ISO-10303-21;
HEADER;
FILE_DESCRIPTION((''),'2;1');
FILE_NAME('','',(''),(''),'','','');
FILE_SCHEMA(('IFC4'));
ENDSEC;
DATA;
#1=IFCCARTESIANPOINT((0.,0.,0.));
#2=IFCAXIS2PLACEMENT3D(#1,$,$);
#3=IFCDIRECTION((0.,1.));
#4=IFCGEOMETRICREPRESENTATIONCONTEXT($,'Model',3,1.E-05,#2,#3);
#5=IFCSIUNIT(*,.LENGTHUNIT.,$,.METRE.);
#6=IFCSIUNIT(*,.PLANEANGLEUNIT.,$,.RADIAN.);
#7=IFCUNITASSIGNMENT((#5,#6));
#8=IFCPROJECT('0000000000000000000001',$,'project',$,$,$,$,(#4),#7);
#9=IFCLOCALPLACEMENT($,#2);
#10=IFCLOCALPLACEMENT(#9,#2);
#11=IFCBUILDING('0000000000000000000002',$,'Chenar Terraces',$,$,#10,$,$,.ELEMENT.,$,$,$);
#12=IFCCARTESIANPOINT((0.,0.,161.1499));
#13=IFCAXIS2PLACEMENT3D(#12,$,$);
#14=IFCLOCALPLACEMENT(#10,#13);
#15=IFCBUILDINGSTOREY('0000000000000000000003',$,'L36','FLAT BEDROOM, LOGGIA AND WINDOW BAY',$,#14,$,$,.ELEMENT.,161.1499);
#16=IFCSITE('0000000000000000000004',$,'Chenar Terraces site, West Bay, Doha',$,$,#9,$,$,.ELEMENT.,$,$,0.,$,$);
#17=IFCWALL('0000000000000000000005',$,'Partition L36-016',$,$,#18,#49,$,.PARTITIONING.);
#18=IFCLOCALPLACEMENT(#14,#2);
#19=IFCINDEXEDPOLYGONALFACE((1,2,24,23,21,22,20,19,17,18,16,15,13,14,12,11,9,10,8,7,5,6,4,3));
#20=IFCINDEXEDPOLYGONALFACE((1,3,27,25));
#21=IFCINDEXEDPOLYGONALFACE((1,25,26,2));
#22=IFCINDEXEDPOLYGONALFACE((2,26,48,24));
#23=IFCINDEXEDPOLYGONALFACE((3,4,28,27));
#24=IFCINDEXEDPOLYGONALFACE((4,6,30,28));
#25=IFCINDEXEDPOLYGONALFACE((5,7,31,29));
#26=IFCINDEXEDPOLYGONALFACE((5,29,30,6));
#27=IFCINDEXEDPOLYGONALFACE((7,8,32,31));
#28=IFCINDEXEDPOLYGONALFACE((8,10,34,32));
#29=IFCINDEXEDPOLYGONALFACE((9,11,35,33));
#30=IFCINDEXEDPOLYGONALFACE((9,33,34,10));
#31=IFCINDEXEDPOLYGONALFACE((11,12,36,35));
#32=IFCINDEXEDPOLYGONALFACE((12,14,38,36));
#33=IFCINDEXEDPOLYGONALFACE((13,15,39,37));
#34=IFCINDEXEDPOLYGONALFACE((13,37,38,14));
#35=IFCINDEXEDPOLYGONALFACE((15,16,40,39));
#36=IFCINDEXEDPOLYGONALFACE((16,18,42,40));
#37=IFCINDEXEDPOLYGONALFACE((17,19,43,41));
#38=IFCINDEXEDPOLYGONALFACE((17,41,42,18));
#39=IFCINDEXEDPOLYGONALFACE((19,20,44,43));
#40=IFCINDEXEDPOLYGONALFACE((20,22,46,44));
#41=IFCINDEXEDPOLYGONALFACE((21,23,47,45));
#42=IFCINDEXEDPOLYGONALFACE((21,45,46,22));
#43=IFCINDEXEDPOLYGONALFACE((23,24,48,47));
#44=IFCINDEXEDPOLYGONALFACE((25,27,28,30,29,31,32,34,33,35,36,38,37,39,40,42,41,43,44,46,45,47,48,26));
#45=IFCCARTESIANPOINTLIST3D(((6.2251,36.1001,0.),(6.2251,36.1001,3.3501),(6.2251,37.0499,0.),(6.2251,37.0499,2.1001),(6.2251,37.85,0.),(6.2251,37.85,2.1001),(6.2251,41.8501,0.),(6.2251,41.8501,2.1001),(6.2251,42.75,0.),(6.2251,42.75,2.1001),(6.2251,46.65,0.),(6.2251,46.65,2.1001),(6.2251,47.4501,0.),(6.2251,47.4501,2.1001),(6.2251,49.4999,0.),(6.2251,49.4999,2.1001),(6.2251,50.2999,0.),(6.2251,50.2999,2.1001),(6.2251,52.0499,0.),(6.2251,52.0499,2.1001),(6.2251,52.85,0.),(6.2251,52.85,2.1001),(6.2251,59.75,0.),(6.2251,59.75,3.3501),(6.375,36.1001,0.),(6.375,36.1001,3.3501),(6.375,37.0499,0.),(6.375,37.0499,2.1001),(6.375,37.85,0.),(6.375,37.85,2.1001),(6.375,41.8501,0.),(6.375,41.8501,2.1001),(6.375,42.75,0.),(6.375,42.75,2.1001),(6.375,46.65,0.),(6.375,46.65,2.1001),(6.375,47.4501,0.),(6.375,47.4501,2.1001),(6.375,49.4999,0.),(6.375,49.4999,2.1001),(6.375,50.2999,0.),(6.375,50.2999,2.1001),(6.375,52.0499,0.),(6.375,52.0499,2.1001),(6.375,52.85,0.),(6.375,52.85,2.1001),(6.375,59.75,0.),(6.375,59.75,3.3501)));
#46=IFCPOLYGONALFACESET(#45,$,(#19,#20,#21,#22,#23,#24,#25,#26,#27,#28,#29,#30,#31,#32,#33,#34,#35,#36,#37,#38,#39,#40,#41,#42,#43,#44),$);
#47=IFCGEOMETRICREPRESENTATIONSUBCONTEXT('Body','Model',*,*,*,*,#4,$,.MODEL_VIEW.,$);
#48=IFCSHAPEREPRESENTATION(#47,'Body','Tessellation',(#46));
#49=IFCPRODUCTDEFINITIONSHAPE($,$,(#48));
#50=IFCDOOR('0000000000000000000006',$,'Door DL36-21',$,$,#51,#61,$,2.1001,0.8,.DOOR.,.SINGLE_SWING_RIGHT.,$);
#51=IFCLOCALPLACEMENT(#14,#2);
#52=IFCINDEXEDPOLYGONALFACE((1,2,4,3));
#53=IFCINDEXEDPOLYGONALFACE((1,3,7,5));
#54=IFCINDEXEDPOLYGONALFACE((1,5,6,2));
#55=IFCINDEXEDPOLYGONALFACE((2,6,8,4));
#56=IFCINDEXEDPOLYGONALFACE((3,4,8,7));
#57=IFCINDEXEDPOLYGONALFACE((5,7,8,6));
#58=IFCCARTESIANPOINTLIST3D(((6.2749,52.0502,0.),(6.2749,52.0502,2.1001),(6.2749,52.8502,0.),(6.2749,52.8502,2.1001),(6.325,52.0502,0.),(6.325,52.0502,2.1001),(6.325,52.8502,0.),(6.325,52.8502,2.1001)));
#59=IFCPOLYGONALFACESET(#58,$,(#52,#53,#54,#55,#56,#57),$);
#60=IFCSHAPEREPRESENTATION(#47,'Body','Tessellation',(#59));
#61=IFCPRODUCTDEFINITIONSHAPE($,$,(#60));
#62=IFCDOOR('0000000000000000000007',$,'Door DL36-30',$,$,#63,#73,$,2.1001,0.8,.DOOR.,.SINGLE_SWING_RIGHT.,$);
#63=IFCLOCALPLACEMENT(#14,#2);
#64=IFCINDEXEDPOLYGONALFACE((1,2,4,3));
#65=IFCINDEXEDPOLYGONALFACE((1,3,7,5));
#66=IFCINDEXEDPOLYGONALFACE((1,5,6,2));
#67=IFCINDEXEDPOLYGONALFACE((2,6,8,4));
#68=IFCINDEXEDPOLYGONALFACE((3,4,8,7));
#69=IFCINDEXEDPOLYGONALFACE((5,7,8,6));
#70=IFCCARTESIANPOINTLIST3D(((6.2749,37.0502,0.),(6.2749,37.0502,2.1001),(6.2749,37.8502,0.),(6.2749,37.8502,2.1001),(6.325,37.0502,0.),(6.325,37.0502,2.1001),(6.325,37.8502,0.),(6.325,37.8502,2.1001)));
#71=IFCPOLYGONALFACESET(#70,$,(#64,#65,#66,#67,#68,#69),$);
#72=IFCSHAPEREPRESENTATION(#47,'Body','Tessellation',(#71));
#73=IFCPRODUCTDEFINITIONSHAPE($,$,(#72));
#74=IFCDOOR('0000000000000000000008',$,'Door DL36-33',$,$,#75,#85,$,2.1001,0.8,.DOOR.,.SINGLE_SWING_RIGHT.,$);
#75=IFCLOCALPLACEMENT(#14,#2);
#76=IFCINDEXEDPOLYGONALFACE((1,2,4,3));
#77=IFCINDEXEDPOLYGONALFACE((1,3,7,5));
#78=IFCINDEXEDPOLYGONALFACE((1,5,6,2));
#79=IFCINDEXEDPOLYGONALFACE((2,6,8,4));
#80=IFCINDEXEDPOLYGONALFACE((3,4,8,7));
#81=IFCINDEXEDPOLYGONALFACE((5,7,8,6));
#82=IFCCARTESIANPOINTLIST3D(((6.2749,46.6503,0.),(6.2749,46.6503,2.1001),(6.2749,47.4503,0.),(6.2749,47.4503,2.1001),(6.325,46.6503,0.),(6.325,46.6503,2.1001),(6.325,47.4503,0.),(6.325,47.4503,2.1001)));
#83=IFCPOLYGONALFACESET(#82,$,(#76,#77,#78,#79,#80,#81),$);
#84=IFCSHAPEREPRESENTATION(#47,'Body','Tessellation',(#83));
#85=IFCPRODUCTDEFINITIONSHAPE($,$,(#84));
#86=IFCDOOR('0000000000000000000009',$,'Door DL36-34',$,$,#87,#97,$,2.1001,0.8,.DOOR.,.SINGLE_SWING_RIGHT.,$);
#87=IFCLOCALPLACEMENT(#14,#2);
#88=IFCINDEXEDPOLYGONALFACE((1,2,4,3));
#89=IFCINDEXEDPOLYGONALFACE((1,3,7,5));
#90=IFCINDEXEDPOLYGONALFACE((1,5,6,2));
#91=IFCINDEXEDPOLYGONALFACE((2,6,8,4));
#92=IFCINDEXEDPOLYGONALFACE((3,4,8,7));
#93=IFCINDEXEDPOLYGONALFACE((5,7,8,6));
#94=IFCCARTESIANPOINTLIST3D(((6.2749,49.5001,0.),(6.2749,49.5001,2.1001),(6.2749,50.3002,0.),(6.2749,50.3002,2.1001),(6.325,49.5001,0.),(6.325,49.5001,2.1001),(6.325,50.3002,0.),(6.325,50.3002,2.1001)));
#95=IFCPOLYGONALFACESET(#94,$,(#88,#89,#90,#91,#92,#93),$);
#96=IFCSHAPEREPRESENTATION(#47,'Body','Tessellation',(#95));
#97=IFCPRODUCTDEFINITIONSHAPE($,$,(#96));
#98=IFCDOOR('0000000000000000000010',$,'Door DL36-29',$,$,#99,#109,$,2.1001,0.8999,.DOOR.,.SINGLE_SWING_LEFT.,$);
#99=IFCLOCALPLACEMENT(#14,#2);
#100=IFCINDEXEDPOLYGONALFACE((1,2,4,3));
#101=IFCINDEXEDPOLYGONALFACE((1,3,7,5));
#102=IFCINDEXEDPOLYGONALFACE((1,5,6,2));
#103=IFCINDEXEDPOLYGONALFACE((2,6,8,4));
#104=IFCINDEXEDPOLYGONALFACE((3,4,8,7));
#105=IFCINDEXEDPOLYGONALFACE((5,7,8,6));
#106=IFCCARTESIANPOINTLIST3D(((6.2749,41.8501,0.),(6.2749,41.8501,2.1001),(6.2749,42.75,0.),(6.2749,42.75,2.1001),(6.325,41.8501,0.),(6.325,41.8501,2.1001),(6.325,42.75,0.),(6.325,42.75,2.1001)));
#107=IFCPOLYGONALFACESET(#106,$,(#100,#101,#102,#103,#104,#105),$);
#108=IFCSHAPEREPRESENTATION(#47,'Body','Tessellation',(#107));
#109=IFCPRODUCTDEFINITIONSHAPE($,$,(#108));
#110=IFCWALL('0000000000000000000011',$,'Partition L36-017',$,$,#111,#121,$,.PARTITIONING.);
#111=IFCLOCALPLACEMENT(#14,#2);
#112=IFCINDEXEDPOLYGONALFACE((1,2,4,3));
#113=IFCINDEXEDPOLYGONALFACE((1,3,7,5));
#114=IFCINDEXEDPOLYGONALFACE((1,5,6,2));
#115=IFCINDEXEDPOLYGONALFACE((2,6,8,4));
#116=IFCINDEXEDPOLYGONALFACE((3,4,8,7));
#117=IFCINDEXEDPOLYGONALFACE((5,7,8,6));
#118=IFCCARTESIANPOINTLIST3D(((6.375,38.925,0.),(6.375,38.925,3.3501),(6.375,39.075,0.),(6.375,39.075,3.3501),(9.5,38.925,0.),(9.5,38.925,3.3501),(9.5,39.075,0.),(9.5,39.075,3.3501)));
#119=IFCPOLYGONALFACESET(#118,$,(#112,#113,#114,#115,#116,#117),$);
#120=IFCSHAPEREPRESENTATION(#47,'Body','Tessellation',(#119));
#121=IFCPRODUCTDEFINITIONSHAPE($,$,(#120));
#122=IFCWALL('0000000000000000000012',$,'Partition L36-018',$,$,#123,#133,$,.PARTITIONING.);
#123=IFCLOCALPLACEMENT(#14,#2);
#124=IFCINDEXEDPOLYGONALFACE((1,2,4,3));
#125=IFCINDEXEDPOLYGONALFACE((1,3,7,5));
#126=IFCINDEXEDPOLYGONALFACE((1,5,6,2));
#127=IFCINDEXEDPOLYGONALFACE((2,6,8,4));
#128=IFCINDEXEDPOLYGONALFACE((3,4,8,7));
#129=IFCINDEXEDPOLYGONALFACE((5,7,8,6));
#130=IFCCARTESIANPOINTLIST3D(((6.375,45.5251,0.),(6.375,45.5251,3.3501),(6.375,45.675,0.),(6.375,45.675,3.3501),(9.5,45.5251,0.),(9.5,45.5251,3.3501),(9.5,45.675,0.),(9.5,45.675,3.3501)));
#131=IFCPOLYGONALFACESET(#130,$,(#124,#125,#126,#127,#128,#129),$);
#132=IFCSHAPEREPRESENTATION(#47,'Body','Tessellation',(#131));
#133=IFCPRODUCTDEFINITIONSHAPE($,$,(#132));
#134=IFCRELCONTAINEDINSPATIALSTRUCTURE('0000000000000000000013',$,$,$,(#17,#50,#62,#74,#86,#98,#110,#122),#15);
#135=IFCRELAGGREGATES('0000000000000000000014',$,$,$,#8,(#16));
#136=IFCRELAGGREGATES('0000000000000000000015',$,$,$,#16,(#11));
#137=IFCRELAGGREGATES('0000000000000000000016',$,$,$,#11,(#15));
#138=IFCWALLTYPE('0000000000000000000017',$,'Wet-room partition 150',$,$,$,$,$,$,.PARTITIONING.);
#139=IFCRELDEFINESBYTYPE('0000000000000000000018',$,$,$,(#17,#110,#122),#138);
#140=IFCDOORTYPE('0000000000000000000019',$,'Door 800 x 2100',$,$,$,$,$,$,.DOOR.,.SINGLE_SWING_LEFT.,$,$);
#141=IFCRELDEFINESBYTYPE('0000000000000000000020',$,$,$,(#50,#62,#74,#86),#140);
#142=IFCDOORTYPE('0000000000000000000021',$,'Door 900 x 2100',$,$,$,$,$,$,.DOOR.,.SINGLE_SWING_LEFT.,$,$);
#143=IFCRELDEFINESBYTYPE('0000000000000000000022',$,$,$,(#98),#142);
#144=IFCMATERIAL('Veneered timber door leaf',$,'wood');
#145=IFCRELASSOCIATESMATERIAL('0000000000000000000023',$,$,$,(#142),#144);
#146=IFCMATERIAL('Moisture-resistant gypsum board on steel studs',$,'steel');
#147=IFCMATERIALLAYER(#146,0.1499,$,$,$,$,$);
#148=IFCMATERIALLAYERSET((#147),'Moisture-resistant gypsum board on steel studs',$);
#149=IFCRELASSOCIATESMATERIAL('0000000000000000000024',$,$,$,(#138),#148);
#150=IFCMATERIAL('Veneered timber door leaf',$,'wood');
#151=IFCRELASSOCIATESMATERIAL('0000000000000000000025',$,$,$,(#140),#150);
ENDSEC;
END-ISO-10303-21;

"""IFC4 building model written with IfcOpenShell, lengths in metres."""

from ifc_helpers import new_model, si_unit, direction, frame, frame_2d, origin, place, context, subcontext, project, spatial, rectangle, extrude, material, layer, layer_set, type_object, element, fill, save


model = new_model("IFC4")

# Units and contexts
model_context = context("Model", 3, precision=1e-05, world=origin(), true_north=direction((0.0, 1.0)))
body_context = subcontext(model_context, "Body", "Model", "MODEL_VIEW")
ifc_project = project(units=[si_unit("LENGTHUNIT", "METRE"), si_unit("PLANEANGLEUNIT", "RADIAN")], contexts=[model_context])

# Site, building, storey
site_placement = place(None, origin())
site = spatial("IfcSite", under=ifc_project, at=site_placement, Name="Chenar Terraces site, West Bay, Doha", CompositionType="ELEMENT", RefElevation=0.0)
building_placement = place(site_placement, origin())
building = spatial("IfcBuilding", under=site, at=building_placement, Name="Chenar Terraces", CompositionType="ELEMENT")
storey_placement = place(building_placement, frame((0.0, 0.0, 161.1499)))
storey = spatial("IfcBuildingStorey", under=building, at=storey_placement, Name="L36", Description="FLAT BEDROOM, LOGGIA AND WINDOW BAY", CompositionType="ELEMENT", Elevation=161.1499)

# Wall, openings, doors
ifc_material_1 = material(Name="Veneered timber door leaf", Category="wood")
door_type_1 = type_object("IfcDoorType", Name="Door 900 x 2100", OperationType="SINGLE_SWING_LEFT", PredefinedType="DOOR", material=ifc_material_1)
ifc_material_2 = material(Name="Moisture-resistant gypsum board on steel studs", Category="steel")
ifc_layer_1 = layer(ifc_material_2, 0.1499)
ifc_layer_set_1 = layer_set([ifc_layer_1], Name="Moisture-resistant gypsum board on steel studs")
wall_type_1 = type_object("IfcWallType", Name="Wet-room partition 150", PredefinedType="PARTITIONING", material=ifc_layer_set_1)
wall_1_placement = place(storey_placement, frame((6.3, 36.1001, 0.0), z_axis=(0.0, 0.0, 1.0), x_axis=(0.0, 1.0, 0.0)))
wall_1 = element("IfcWall", 1, at=wall_1_placement, inside=storey, type_object=wall_type_1, Name="Partition L36-016", PredefinedType="PARTITIONING", context=body_context, shape_type="SweptSolid", body=[
    extrude(rectangle(XDim=23.6499, YDim=0.1499, at=frame_2d((11.825, 0.0))), origin(), (0.0, 0.0, 1.0), 3.3501),
])
opening_1_placement = place(wall_1_placement, frame((15.95, 0.0, 0.0)))
opening_1 = element("IfcOpeningElement", 2, at=opening_1_placement, cuts=wall_1, PredefinedType="OPENING", context=body_context, shape_type="SweptSolid", body=[
    extrude(rectangle(XDim=0.8, YDim=2.1001, at=frame_2d((0.3999, 1.05))), frame((0.0, 0.085, 0.0), z_axis=(0.0, -1.0, 0.0), x_axis=(1.0, 0.0, 0.0)), (0.0, 0.0, 1.0), 0.1699),
])
opening_2_placement = place(wall_1_placement, frame((5.75, 0.0, 0.0)))
opening_2 = element("IfcOpeningElement", 3, at=opening_2_placement, cuts=wall_1, PredefinedType="OPENING", context=body_context, shape_type="SweptSolid", body=[
    extrude(rectangle(XDim=0.8999, YDim=2.1001, at=frame_2d((0.45, 1.05))), frame((0.0, 0.085, 0.0), z_axis=(0.0, -1.0, 0.0), x_axis=(1.0, 0.0, 0.0)), (0.0, 0.0, 1.0), 0.1699),
])
opening_3_placement = place(wall_1_placement, frame((0.95, 0.0, 0.0)))
opening_3 = element("IfcOpeningElement", 4, at=opening_3_placement, cuts=wall_1, PredefinedType="OPENING", context=body_context, shape_type="SweptSolid", body=[
    extrude(rectangle(XDim=0.8, YDim=2.1001, at=frame_2d((0.3999, 1.05))), frame((0.0, 0.085, 0.0), z_axis=(0.0, -1.0, 0.0), x_axis=(1.0, 0.0, 0.0)), (0.0, 0.0, 1.0), 0.1699),
])
opening_4_placement = place(wall_1_placement, frame((10.55, 0.0, 0.0)))
opening_4 = element("IfcOpeningElement", 5, at=opening_4_placement, cuts=wall_1, PredefinedType="OPENING", context=body_context, shape_type="SweptSolid", body=[
    extrude(rectangle(XDim=0.8, YDim=2.1001, at=frame_2d((0.3999, 1.05))), frame((0.0, 0.085, 0.0), z_axis=(0.0, -1.0, 0.0), x_axis=(1.0, 0.0, 0.0)), (0.0, 0.0, 1.0), 0.1699),
])
opening_5_placement = place(wall_1_placement, frame((13.3999, 0.0, 0.0)))
opening_5 = element("IfcOpeningElement", 6, at=opening_5_placement, cuts=wall_1, PredefinedType="OPENING", context=body_context, shape_type="SweptSolid", body=[
    extrude(rectangle(XDim=0.8, YDim=2.1001, at=frame_2d((0.3999, 1.05))), frame((0.0, 0.085, 0.0), z_axis=(0.0, -1.0, 0.0), x_axis=(1.0, 0.0, 0.0)), (0.0, 0.0, 1.0), 0.1699),
])
ifc_material_3 = material(Name="Veneered timber door leaf", Category="wood")
door_type_2 = type_object("IfcDoorType", Name="Door 800 x 2100", OperationType="SINGLE_SWING_LEFT", PredefinedType="DOOR", material=ifc_material_3)
door_1_placement = place(opening_1_placement, frame((0.8, 0.0, 0.0), z_axis=(0.0, 0.0, 1.0), x_axis=(-1.0, 0.0, 0.0)))
door_1 = element("IfcDoor", 7, at=door_1_placement, inside=storey, type_object=door_type_2, Name="Door DL36-21", OperationType="SINGLE_SWING_RIGHT", OverallHeight=2.1001, OverallWidth=0.8, PredefinedType="DOOR", context=body_context, shape_type="SweptSolid", body=[
    extrude(rectangle(XDim=0.8, YDim=2.1001, at=frame_2d((0.3999, 1.05))), frame((0.0, 0.0249, 0.0), z_axis=(0.0, -1.0, 0.0), x_axis=(1.0, 0.0, 0.0)), (0.0, 0.0, 1.0), 0.05),
])
fill(opening_1, door_1)
door_2_placement = place(opening_3_placement, frame((0.8, 0.0, 0.0), z_axis=(0.0, 0.0, 1.0), x_axis=(-1.0, 0.0, 0.0)))
door_2 = element("IfcDoor", 8, at=door_2_placement, inside=storey, type_object=door_type_2, Name="Door DL36-30", OperationType="SINGLE_SWING_RIGHT", OverallHeight=2.1001, OverallWidth=0.8, PredefinedType="DOOR", context=body_context, shape_type="SweptSolid", body=[
    extrude(rectangle(XDim=0.8, YDim=2.1001, at=frame_2d((0.3999, 1.05))), frame((0.0, 0.0249, 0.0), z_axis=(0.0, -1.0, 0.0), x_axis=(1.0, 0.0, 0.0)), (0.0, 0.0, 1.0), 0.05),
])
fill(opening_3, door_2)
door_3_placement = place(opening_4_placement, frame((0.8, 0.0, 0.0), z_axis=(0.0, 0.0, 1.0), x_axis=(-1.0, 0.0, 0.0)))
door_3 = element("IfcDoor", 9, at=door_3_placement, inside=storey, type_object=door_type_2, Name="Door DL36-33", OperationType="SINGLE_SWING_RIGHT", OverallHeight=2.1001, OverallWidth=0.8, PredefinedType="DOOR", context=body_context, shape_type="SweptSolid", body=[
    extrude(rectangle(XDim=0.8, YDim=2.1001, at=frame_2d((0.3999, 1.05))), frame((0.0, 0.0249, 0.0), z_axis=(0.0, -1.0, 0.0), x_axis=(1.0, 0.0, 0.0)), (0.0, 0.0, 1.0), 0.05),
])
fill(opening_4, door_3)
door_4_placement = place(opening_5_placement, frame((0.8, 0.0, 0.0), z_axis=(0.0, 0.0, 1.0), x_axis=(-1.0, 0.0, 0.0)))
door_4 = element("IfcDoor", 10, at=door_4_placement, inside=storey, type_object=door_type_2, Name="Door DL36-34", OperationType="SINGLE_SWING_RIGHT", OverallHeight=2.1001, OverallWidth=0.8, PredefinedType="DOOR", context=body_context, shape_type="SweptSolid", body=[
    extrude(rectangle(XDim=0.8, YDim=2.1001, at=frame_2d((0.3999, 1.05))), frame((0.0, 0.0249, 0.0), z_axis=(0.0, -1.0, 0.0), x_axis=(1.0, 0.0, 0.0)), (0.0, 0.0, 1.0), 0.05),
])
fill(opening_5, door_4)
door_5_placement = place(opening_2_placement, frame((0.8999, 0.0, 0.0), z_axis=(0.0, 0.0, 1.0), x_axis=(-1.0, 0.0, 0.0)))
door_5 = element("IfcDoor", 11, at=door_5_placement, inside=storey, type_object=door_type_1, Name="Door DL36-29", OperationType="SINGLE_SWING_LEFT", OverallHeight=2.1001, OverallWidth=0.8999, PredefinedType="DOOR", context=body_context, shape_type="SweptSolid", body=[
    extrude(rectangle(XDim=0.8999, YDim=2.1001, at=frame_2d((0.45, 1.05))), frame((0.0, 0.0249, 0.0), z_axis=(0.0, -1.0, 0.0), x_axis=(1.0, 0.0, 0.0)), (0.0, 0.0, 1.0), 0.05),
])
fill(opening_2, door_5)

# Walls
for number, where, z_axis, x_axis, name in (
    (12, (6.375, 39.0, 0.0), (0.0, 0.0, 1.0), (1.0, 0.0, 0.0), "Partition L36-017"),
    (13, (6.375, 45.6001, 0.0), (0.0, 0.0, 1.0), (1.0, 0.0, 0.0), "Partition L36-018"),
):
    element("IfcWall", number, at=place(storey_placement, frame(where, z_axis=z_axis, x_axis=x_axis)), inside=storey, type_object=wall_type_1, Name=name, PredefinedType="PARTITIONING", context=body_context, shape_type="SweptSolid", body=[
        extrude(rectangle(XDim=3.125, YDim=0.1499, at=frame_2d((1.5625, 0.0))), origin(), (0.0, 0.0, 1.0), 3.3501),
    ])

save(model, "model.ifc")
